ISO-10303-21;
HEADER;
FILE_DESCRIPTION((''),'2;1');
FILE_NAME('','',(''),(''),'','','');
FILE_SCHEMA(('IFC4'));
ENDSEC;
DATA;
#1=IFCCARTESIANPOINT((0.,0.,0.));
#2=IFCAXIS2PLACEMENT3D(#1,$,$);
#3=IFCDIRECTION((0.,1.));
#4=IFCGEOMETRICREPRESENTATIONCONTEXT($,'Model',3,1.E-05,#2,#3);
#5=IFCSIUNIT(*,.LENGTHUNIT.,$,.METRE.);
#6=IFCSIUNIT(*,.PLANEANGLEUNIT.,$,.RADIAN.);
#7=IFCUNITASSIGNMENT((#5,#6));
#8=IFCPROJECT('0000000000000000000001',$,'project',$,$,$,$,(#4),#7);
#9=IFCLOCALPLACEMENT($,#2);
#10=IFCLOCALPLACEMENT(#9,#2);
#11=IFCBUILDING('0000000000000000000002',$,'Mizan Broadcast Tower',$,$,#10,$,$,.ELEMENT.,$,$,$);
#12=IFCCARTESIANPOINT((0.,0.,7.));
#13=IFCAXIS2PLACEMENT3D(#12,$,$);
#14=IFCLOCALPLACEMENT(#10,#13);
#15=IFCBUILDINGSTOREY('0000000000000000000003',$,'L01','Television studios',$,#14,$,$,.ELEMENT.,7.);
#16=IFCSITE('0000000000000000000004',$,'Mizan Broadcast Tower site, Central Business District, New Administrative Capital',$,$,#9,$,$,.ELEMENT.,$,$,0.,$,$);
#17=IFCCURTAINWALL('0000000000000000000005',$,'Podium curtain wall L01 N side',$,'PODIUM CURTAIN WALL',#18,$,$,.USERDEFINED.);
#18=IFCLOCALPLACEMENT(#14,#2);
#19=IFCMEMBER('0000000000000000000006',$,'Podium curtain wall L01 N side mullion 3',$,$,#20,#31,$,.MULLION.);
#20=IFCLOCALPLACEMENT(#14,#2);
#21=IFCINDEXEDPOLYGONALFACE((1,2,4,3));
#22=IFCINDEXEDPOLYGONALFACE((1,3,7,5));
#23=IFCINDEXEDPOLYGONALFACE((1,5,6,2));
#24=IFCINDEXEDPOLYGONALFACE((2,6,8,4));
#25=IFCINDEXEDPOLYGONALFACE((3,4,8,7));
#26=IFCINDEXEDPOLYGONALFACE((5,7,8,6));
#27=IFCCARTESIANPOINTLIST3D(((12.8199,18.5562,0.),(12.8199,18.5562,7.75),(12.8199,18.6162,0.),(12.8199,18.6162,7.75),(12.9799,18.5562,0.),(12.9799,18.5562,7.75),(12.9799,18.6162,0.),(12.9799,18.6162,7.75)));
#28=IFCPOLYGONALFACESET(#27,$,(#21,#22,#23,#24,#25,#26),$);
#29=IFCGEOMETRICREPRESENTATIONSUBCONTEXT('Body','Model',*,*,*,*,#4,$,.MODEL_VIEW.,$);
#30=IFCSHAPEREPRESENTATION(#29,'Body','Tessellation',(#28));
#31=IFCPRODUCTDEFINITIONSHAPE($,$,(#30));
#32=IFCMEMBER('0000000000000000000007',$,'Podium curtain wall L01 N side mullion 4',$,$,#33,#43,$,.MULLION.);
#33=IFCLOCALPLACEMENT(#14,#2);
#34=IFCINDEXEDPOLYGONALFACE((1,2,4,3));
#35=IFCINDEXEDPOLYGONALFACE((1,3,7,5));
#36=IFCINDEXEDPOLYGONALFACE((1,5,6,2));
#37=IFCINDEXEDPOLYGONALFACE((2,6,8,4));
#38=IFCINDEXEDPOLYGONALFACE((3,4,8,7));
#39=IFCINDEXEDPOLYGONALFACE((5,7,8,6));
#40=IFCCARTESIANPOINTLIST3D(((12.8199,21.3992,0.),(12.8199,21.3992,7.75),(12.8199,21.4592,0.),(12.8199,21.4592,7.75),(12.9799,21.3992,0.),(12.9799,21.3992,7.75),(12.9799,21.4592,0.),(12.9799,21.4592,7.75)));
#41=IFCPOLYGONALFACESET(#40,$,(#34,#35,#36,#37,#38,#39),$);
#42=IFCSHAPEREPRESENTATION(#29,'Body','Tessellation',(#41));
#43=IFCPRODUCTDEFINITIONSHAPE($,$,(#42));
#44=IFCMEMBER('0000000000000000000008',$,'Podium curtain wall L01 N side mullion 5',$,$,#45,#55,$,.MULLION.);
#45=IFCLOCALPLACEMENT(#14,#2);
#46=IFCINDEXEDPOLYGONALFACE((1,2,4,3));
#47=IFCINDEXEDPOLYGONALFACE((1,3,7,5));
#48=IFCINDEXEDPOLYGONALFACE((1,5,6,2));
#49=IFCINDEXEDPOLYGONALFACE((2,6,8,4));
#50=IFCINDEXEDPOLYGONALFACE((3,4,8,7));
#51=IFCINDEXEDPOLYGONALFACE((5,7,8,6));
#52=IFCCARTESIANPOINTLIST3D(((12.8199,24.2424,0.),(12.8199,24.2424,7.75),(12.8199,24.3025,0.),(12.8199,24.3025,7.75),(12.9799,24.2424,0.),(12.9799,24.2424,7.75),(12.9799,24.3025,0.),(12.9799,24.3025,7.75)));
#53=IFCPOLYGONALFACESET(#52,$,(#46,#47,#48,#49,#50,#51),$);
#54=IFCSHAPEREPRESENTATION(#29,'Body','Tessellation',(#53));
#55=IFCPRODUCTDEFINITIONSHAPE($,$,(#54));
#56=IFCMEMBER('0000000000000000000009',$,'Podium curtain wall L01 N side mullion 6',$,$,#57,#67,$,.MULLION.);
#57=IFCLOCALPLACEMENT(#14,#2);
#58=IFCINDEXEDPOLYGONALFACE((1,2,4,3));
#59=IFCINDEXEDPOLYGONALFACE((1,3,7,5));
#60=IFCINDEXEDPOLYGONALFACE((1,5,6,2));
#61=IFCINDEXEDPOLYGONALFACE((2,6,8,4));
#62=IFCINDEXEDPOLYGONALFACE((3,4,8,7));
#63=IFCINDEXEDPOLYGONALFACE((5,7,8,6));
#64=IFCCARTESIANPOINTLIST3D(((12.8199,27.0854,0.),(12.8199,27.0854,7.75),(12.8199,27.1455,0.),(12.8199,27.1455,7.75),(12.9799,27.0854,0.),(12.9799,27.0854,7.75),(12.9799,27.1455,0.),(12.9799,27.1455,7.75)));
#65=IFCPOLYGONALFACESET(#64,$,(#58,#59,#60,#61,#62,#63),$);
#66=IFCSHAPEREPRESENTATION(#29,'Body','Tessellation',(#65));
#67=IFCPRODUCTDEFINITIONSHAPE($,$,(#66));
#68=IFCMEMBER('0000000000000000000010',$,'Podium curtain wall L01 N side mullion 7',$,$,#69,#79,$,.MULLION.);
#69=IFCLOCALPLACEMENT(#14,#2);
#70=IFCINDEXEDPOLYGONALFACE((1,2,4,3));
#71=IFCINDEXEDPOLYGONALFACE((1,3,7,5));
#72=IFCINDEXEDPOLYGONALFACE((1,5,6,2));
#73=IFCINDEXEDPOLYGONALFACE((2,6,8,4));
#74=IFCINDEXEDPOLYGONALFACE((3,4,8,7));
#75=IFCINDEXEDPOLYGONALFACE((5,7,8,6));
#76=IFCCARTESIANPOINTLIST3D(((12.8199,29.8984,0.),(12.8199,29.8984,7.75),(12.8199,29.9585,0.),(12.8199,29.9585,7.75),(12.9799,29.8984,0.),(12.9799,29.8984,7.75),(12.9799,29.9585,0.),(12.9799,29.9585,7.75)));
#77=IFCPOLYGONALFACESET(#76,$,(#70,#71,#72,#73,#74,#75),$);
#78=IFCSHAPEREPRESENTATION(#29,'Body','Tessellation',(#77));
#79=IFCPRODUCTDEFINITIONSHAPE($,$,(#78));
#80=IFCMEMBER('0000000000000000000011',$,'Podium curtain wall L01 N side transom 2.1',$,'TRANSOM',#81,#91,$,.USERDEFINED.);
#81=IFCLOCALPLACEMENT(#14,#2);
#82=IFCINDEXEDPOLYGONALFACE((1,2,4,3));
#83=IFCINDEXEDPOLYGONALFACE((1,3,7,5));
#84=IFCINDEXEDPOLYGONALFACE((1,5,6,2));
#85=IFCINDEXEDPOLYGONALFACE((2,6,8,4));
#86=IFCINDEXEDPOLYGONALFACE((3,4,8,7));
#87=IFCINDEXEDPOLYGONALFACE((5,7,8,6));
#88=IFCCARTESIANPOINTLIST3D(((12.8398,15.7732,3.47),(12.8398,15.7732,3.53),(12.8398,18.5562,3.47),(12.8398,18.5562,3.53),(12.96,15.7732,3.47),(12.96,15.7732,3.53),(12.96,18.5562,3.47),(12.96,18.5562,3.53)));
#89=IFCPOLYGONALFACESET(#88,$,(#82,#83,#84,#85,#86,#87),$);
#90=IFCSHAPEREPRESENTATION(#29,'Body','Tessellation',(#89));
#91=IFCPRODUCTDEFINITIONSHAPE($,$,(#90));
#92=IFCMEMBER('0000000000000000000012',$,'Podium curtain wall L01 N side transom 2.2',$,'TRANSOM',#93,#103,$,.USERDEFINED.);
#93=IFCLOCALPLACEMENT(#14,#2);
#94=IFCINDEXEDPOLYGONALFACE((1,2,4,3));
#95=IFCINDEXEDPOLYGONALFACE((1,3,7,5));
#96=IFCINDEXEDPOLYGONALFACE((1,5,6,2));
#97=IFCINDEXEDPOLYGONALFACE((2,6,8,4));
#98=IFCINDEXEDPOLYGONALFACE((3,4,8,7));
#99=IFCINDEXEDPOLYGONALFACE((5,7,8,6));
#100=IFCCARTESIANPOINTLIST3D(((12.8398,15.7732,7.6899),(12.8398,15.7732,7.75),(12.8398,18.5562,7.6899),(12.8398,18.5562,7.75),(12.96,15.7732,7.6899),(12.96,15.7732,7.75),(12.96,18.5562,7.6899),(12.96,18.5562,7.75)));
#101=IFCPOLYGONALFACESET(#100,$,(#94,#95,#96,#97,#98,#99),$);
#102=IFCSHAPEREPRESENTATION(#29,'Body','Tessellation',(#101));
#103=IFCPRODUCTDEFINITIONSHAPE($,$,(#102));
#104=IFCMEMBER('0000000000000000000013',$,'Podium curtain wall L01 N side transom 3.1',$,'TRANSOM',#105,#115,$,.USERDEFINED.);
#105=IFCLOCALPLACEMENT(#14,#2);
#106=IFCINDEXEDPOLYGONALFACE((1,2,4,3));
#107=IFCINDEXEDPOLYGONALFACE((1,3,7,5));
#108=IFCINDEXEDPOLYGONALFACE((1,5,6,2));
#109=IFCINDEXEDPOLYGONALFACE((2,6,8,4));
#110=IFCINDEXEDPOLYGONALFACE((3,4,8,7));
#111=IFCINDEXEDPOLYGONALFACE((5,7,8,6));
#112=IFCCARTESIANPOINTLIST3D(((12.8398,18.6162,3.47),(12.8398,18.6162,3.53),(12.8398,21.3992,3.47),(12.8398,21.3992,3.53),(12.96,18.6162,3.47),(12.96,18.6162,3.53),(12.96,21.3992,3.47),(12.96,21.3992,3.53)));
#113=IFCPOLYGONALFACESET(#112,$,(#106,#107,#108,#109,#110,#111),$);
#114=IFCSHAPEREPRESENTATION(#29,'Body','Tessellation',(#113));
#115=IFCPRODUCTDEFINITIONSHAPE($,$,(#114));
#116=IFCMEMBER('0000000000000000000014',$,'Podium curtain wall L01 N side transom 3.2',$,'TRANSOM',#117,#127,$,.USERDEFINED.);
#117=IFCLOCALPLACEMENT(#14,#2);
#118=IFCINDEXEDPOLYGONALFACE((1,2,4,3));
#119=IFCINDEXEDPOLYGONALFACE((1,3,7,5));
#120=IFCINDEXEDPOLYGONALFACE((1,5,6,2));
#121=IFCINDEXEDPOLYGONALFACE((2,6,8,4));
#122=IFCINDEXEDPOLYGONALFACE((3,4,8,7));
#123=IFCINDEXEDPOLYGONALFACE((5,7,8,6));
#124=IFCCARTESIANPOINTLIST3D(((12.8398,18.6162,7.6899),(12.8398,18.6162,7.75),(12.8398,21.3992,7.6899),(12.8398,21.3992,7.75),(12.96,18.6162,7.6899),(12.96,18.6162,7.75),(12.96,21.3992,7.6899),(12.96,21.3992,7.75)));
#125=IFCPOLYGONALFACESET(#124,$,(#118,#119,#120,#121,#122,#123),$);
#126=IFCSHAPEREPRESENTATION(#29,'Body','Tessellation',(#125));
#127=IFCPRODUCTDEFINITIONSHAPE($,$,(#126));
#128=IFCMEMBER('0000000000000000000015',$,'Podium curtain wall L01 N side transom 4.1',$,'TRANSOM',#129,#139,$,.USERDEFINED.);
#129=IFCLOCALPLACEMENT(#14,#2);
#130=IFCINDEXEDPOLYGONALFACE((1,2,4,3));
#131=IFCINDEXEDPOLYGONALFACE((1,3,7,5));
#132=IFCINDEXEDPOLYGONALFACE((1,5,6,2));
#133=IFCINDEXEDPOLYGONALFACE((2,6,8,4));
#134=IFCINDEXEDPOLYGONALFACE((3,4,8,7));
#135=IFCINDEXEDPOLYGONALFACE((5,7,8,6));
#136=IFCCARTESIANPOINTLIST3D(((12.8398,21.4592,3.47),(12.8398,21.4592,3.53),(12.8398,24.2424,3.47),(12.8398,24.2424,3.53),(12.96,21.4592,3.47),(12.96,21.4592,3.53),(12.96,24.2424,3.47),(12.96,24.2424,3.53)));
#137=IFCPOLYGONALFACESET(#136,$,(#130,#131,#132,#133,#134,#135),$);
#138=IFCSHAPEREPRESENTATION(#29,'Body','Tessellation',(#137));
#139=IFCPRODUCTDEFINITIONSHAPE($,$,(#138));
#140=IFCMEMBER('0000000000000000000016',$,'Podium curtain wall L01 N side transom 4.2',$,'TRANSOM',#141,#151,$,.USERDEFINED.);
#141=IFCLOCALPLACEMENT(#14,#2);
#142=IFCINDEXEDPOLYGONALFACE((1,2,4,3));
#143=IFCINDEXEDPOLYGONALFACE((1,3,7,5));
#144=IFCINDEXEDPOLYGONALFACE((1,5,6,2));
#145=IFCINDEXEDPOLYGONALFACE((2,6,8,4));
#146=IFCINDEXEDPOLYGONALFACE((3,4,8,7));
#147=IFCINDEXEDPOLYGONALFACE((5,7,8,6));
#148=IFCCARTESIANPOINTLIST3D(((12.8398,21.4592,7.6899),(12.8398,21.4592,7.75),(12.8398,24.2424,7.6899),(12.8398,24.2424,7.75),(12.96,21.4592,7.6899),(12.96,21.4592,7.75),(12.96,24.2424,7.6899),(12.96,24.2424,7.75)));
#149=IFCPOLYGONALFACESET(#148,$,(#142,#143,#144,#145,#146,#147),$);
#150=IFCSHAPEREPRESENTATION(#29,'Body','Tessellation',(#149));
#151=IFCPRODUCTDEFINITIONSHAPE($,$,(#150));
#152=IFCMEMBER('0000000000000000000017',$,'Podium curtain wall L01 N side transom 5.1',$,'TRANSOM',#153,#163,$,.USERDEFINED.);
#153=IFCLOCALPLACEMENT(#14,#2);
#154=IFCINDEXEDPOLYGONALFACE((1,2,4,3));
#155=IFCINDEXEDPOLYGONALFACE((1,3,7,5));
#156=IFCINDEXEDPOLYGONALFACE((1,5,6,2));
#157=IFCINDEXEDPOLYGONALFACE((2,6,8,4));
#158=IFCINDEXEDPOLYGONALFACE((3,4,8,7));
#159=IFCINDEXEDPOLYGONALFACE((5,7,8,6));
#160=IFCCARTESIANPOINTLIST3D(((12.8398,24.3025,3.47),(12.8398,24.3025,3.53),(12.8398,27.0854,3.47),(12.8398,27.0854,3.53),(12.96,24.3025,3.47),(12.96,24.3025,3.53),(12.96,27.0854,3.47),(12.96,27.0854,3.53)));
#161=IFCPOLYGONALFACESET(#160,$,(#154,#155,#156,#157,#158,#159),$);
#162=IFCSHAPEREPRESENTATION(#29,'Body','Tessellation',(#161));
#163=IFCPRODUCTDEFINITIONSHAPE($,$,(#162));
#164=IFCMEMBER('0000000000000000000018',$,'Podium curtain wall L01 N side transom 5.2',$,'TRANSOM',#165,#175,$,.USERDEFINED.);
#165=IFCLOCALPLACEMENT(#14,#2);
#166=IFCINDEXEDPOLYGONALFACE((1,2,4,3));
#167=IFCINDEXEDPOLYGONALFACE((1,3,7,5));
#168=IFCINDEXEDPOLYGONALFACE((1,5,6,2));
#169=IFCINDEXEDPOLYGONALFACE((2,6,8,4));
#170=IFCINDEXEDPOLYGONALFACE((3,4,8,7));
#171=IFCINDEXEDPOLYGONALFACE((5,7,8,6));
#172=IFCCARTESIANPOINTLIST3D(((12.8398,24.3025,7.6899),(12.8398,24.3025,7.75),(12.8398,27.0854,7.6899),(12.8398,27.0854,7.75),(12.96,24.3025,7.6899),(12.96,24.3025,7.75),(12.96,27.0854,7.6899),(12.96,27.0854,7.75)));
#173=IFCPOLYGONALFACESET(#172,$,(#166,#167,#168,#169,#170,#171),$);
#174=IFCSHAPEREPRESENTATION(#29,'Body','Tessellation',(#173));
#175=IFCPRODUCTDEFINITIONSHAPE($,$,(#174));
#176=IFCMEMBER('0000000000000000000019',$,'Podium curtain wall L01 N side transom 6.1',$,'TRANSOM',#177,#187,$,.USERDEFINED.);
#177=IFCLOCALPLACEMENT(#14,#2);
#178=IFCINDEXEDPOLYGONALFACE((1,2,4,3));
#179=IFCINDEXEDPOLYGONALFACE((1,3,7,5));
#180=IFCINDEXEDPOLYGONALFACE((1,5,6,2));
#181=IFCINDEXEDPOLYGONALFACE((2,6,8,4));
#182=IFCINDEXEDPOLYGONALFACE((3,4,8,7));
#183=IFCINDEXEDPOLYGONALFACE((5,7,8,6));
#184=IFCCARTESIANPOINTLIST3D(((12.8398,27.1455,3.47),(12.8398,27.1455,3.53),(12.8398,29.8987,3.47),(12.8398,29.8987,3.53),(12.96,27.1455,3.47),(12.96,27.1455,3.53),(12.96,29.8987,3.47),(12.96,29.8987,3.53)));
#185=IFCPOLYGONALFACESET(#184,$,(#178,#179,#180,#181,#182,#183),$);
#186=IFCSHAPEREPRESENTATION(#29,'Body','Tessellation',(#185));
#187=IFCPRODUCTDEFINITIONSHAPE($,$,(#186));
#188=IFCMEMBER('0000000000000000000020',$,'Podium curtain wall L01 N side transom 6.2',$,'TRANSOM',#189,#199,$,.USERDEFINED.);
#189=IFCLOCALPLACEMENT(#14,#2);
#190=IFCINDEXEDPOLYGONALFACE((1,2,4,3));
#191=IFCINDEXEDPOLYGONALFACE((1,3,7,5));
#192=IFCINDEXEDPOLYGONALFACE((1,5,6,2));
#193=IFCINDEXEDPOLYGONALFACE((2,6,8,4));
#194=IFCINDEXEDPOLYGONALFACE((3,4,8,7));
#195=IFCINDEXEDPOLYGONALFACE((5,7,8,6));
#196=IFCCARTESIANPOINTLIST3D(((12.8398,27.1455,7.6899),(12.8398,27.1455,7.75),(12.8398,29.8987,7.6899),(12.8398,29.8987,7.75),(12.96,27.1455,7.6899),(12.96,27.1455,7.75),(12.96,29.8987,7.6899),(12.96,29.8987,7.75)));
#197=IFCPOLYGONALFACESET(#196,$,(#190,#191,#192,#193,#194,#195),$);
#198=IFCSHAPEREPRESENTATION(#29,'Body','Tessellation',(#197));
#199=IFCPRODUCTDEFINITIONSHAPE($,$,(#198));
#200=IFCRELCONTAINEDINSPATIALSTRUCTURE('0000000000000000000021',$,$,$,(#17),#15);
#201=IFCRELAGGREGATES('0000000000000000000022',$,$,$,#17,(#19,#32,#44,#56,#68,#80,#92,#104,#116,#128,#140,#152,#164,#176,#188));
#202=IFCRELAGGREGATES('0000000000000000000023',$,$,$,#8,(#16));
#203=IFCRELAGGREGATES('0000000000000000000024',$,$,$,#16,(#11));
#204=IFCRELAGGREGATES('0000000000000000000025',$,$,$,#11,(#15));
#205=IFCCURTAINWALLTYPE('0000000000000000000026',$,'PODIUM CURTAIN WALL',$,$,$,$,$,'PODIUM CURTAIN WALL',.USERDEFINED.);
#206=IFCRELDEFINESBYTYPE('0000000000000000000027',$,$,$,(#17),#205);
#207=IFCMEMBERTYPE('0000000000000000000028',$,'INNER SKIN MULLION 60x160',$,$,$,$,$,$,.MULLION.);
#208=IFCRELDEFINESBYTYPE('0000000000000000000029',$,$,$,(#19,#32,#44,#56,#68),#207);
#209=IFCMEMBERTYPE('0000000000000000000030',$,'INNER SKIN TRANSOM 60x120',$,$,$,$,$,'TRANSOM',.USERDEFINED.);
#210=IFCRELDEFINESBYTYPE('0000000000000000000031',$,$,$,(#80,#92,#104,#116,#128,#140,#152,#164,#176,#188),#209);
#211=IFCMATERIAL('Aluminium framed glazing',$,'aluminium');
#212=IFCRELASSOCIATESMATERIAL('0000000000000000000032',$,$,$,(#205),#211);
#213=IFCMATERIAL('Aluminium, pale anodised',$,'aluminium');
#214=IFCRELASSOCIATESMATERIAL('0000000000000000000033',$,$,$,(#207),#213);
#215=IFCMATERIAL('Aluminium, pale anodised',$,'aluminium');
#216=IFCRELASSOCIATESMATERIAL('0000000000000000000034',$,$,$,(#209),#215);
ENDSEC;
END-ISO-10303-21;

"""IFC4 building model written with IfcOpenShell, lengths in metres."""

from ifc_helpers import new_model, si_unit, direction, frame, origin, origin_2d, place, context, subcontext, project, spatial, rectangle, extrude, material, material_profile, profile_set, type_object, element, aggregate, save


model = new_model("IFC4")

# Units and contexts
model_context = context("Model", 3, precision=1e-05, world=origin(), true_north=direction((0.0, 1.0)))
body_context = subcontext(model_context, "Body", "Model", "MODEL_VIEW")
ifc_project = project(units=[si_unit("LENGTHUNIT", "METRE"), si_unit("PLANEANGLEUNIT", "RADIAN")], contexts=[model_context])

# Site, building, storey
site_placement = place(None, origin())
site = spatial("IfcSite", under=ifc_project, at=site_placement, Name="Mizan Broadcast Tower site, Central Business District, New Administrative Capital", CompositionType="ELEMENT", RefElevation=0.0)
building_placement = place(site_placement, origin())
building = spatial("IfcBuilding", under=site, at=building_placement, Name="Mizan Broadcast Tower", CompositionType="ELEMENT")
storey_placement = place(building_placement, frame((0.0, 0.0, 7.0)))
storey = spatial("IfcBuildingStorey", under=building, at=storey_placement, Name="L01", Description="Television studios", CompositionType="ELEMENT", Elevation=7.0)

# Curtain wall, members
ifc_material_1 = material(Name="Aluminium framed glazing", Category="aluminium")
curtain_wall_type_1 = type_object("IfcCurtainWallType", Name="PODIUM CURTAIN WALL", ElementType="PODIUM CURTAIN WALL", PredefinedType="USERDEFINED", material=ifc_material_1)
curtain_wall_1_placement = place(storey_placement, origin())
curtain_wall_1 = element("IfcCurtainWall", 1, at=curtain_wall_1_placement, inside=storey, type_object=curtain_wall_type_1, Name="Podium curtain wall L01 N side", ObjectType="PODIUM CURTAIN WALL", PredefinedType="USERDEFINED")
ifc_material_2 = material(Name="Aluminium, pale anodised", Category="aluminium")
ifc_material_profile_1 = material_profile(ifc_material_2, rectangle(XDim=0.1599, YDim=0.0601, at=origin_2d()), Name="MULLION 160x60")
ifc_profile_set_1 = profile_set([ifc_material_profile_1], Name="Aluminium, pale anodised")
member_type_1 = type_object("IfcMemberType", Name="INNER SKIN MULLION 60x160", PredefinedType="MULLION", material=ifc_profile_set_1)
member_1_placement = place(storey_placement, frame((12.8999, 18.5862, 0.0), z_axis=(0.0, 0.0, 1.0), x_axis=(-1.0, 0.0, 0.0)))
member_1 = element("IfcMember", 2, at=member_1_placement, type_object=member_type_1, Name="Podium curtain wall L01 N side mullion 3", PredefinedType="MULLION", context=body_context, shape_type="SweptSolid", body=[
    extrude(rectangle(XDim=0.1599, YDim=0.0601, at=origin_2d()), origin(), (0.0, 0.0, 1.0), 7.75),
])
member_2_placement = place(storey_placement, frame((12.8999, 21.4292, 0.0), z_axis=(0.0, 0.0, 1.0), x_axis=(-1.0, 0.0, 0.0)))
member_2 = element("IfcMember", 3, at=member_2_placement, type_object=member_type_1, Name="Podium curtain wall L01 N side mullion 4", PredefinedType="MULLION", context=body_context, shape_type="SweptSolid", body=[
    extrude(rectangle(XDim=0.1599, YDim=0.0601, at=origin_2d()), origin(), (0.0, 0.0, 1.0), 7.75),
])
member_3_placement = place(storey_placement, frame((12.8999, 24.2725, 0.0), z_axis=(0.0, 0.0, 1.0), x_axis=(-1.0, 0.0, 0.0)))
member_3 = element("IfcMember", 4, at=member_3_placement, type_object=member_type_1, Name="Podium curtain wall L01 N side mullion 5", PredefinedType="MULLION", context=body_context, shape_type="SweptSolid", body=[
    extrude(rectangle(XDim=0.1599, YDim=0.0601, at=origin_2d()), origin(), (0.0, 0.0, 1.0), 7.75),
])
member_4_placement = place(storey_placement, frame((12.8999, 27.1155, 0.0), z_axis=(0.0, 0.0, 1.0), x_axis=(-1.0, 0.0, 0.0)))
member_4 = element("IfcMember", 5, at=member_4_placement, type_object=member_type_1, Name="Podium curtain wall L01 N side mullion 6", PredefinedType="MULLION", context=body_context, shape_type="SweptSolid", body=[
    extrude(rectangle(XDim=0.1599, YDim=0.0601, at=origin_2d()), origin(), (0.0, 0.0, 1.0), 7.75),
])
member_5_placement = place(storey_placement, frame((12.8999, 29.9285, 0.0), z_axis=(0.0, 0.0, 1.0), x_axis=(-1.0, 0.0, 0.0)))
member_5 = element("IfcMember", 6, at=member_5_placement, type_object=member_type_1, Name="Podium curtain wall L01 N side mullion 7", PredefinedType="MULLION", context=body_context, shape_type="SweptSolid", body=[
    extrude(rectangle(XDim=0.1599, YDim=0.0601, at=origin_2d()), origin(), (0.0, 0.0, 1.0), 7.75),
])
ifc_material_3 = material(Name="Aluminium, pale anodised", Category="aluminium")
ifc_material_profile_2 = material_profile(ifc_material_3, rectangle(XDim=0.1201, YDim=0.0601, at=origin_2d()), Name="TRANSOM 120x60")
ifc_profile_set_2 = profile_set([ifc_material_profile_2], Name="Aluminium, pale anodised")
member_type_2 = type_object("IfcMemberType", Name="INNER SKIN TRANSOM 60x120", ElementType="TRANSOM", PredefinedType="USERDEFINED", material=ifc_profile_set_2)
member_6_placement = place(storey_placement, frame((12.8999, 15.7732, 3.5), z_axis=(0.0, 1.0, 0.0), x_axis=(-1.0, 0.0, 0.0)))
member_6 = element("IfcMember", 7, at=member_6_placement, type_object=member_type_2, Name="Podium curtain wall L01 N side transom 2.1", ObjectType="TRANSOM", PredefinedType="USERDEFINED", context=body_context, shape_type="SweptSolid", body=[
    extrude(rectangle(XDim=0.1201, YDim=0.0601, at=origin_2d()), origin(), (0.0, 0.0, 1.0), 2.783),
])
member_7_placement = place(storey_placement, frame((12.8999, 15.7732, 7.72), z_axis=(0.0, 1.0, 0.0), x_axis=(-1.0, 0.0, 0.0)))
member_7 = element("IfcMember", 8, at=member_7_placement, type_object=member_type_2, Name="Podium curtain wall L01 N side transom 2.2", ObjectType="TRANSOM", PredefinedType="USERDEFINED", context=body_context, shape_type="SweptSolid", body=[
    extrude(rectangle(XDim=0.1201, YDim=0.0601, at=origin_2d()), origin(), (0.0, 0.0, 1.0), 2.783),
])
member_8_placement = place(storey_placement, frame((12.8999, 18.6162, 3.5), z_axis=(0.0, 1.0, 0.0), x_axis=(-1.0, 0.0, 0.0)))
member_8 = element("IfcMember", 9, at=member_8_placement, type_object=member_type_2, Name="Podium curtain wall L01 N side transom 3.1", ObjectType="TRANSOM", PredefinedType="USERDEFINED", context=body_context, shape_type="SweptSolid", body=[
    extrude(rectangle(XDim=0.1201, YDim=0.0601, at=origin_2d()), origin(), (0.0, 0.0, 1.0), 2.783),
])
member_9_placement = place(storey_placement, frame((12.8999, 18.6162, 7.72), z_axis=(0.0, 1.0, 0.0), x_axis=(-1.0, 0.0, 0.0)))
member_9 = element("IfcMember", 10, at=member_9_placement, type_object=member_type_2, Name="Podium curtain wall L01 N side transom 3.2", ObjectType="TRANSOM", PredefinedType="USERDEFINED", context=body_context, shape_type="SweptSolid", body=[
    extrude(rectangle(XDim=0.1201, YDim=0.0601, at=origin_2d()), origin(), (0.0, 0.0, 1.0), 2.783),
])
member_10_placement = place(storey_placement, frame((12.8999, 21.4592, 3.5), z_axis=(0.0, 1.0, 0.0), x_axis=(-1.0, 0.0, 0.0)))
member_10 = element("IfcMember", 11, at=member_10_placement, type_object=member_type_2, Name="Podium curtain wall L01 N side transom 4.1", ObjectType="TRANSOM", PredefinedType="USERDEFINED", context=body_context, shape_type="SweptSolid", body=[
    extrude(rectangle(XDim=0.1201, YDim=0.0601, at=origin_2d()), origin(), (0.0, 0.0, 1.0), 2.7832),
])
member_11_placement = place(storey_placement, frame((12.8999, 21.4592, 7.72), z_axis=(0.0, 1.0, 0.0), x_axis=(-1.0, 0.0, 0.0)))
member_11 = element("IfcMember", 12, at=member_11_placement, type_object=member_type_2, Name="Podium curtain wall L01 N side transom 4.2", ObjectType="TRANSOM", PredefinedType="USERDEFINED", context=body_context, shape_type="SweptSolid", body=[
    extrude(rectangle(XDim=0.1201, YDim=0.0601, at=origin_2d()), origin(), (0.0, 0.0, 1.0), 2.7832),
])
member_12_placement = place(storey_placement, frame((12.8999, 24.3025, 3.5), z_axis=(0.0, 1.0, 0.0), x_axis=(-1.0, 0.0, 0.0)))
member_12 = element("IfcMember", 13, at=member_12_placement, type_object=member_type_2, Name="Podium curtain wall L01 N side transom 5.1", ObjectType="TRANSOM", PredefinedType="USERDEFINED", context=body_context, shape_type="SweptSolid", body=[
    extrude(rectangle(XDim=0.1201, YDim=0.0601, at=origin_2d()), origin(), (0.0, 0.0, 1.0), 2.783),
])
member_13_placement = place(storey_placement, frame((12.8999, 24.3025, 7.72), z_axis=(0.0, 1.0, 0.0), x_axis=(-1.0, 0.0, 0.0)))
member_13 = element("IfcMember", 14, at=member_13_placement, type_object=member_type_2, Name="Podium curtain wall L01 N side transom 5.2", ObjectType="TRANSOM", PredefinedType="USERDEFINED", context=body_context, shape_type="SweptSolid", body=[
    extrude(rectangle(XDim=0.1201, YDim=0.0601, at=origin_2d()), origin(), (0.0, 0.0, 1.0), 2.783),
])
member_14_placement = place(storey_placement, frame((12.8999, 27.1455, 3.5), z_axis=(0.0, 1.0, 0.0), x_axis=(-1.0, 0.0, 0.0)))
member_14 = element("IfcMember", 15, at=member_14_placement, type_object=member_type_2, Name="Podium curtain wall L01 N side transom 6.1", ObjectType="TRANSOM", PredefinedType="USERDEFINED", context=body_context, shape_type="SweptSolid", body=[
    extrude(rectangle(XDim=0.1201, YDim=0.0601, at=origin_2d()), origin(), (0.0, 0.0, 1.0), 2.7532),
])
member_15_placement = place(storey_placement, frame((12.8999, 27.1455, 7.72), z_axis=(0.0, 1.0, 0.0), x_axis=(-1.0, 0.0, 0.0)))
member_15 = element("IfcMember", 16, at=member_15_placement, type_object=member_type_2, Name="Podium curtain wall L01 N side transom 6.2", ObjectType="TRANSOM", PredefinedType="USERDEFINED", context=body_context, shape_type="SweptSolid", body=[
    extrude(rectangle(XDim=0.1201, YDim=0.0601, at=origin_2d()), origin(), (0.0, 0.0, 1.0), 2.7532),
])

aggregate(curtain_wall_1, [member_1, member_2, member_3, member_4, member_5, member_6, member_7, member_8, member_9, member_10, member_11, member_12, member_13, member_14, member_15])

save(model, "model.ifc")
